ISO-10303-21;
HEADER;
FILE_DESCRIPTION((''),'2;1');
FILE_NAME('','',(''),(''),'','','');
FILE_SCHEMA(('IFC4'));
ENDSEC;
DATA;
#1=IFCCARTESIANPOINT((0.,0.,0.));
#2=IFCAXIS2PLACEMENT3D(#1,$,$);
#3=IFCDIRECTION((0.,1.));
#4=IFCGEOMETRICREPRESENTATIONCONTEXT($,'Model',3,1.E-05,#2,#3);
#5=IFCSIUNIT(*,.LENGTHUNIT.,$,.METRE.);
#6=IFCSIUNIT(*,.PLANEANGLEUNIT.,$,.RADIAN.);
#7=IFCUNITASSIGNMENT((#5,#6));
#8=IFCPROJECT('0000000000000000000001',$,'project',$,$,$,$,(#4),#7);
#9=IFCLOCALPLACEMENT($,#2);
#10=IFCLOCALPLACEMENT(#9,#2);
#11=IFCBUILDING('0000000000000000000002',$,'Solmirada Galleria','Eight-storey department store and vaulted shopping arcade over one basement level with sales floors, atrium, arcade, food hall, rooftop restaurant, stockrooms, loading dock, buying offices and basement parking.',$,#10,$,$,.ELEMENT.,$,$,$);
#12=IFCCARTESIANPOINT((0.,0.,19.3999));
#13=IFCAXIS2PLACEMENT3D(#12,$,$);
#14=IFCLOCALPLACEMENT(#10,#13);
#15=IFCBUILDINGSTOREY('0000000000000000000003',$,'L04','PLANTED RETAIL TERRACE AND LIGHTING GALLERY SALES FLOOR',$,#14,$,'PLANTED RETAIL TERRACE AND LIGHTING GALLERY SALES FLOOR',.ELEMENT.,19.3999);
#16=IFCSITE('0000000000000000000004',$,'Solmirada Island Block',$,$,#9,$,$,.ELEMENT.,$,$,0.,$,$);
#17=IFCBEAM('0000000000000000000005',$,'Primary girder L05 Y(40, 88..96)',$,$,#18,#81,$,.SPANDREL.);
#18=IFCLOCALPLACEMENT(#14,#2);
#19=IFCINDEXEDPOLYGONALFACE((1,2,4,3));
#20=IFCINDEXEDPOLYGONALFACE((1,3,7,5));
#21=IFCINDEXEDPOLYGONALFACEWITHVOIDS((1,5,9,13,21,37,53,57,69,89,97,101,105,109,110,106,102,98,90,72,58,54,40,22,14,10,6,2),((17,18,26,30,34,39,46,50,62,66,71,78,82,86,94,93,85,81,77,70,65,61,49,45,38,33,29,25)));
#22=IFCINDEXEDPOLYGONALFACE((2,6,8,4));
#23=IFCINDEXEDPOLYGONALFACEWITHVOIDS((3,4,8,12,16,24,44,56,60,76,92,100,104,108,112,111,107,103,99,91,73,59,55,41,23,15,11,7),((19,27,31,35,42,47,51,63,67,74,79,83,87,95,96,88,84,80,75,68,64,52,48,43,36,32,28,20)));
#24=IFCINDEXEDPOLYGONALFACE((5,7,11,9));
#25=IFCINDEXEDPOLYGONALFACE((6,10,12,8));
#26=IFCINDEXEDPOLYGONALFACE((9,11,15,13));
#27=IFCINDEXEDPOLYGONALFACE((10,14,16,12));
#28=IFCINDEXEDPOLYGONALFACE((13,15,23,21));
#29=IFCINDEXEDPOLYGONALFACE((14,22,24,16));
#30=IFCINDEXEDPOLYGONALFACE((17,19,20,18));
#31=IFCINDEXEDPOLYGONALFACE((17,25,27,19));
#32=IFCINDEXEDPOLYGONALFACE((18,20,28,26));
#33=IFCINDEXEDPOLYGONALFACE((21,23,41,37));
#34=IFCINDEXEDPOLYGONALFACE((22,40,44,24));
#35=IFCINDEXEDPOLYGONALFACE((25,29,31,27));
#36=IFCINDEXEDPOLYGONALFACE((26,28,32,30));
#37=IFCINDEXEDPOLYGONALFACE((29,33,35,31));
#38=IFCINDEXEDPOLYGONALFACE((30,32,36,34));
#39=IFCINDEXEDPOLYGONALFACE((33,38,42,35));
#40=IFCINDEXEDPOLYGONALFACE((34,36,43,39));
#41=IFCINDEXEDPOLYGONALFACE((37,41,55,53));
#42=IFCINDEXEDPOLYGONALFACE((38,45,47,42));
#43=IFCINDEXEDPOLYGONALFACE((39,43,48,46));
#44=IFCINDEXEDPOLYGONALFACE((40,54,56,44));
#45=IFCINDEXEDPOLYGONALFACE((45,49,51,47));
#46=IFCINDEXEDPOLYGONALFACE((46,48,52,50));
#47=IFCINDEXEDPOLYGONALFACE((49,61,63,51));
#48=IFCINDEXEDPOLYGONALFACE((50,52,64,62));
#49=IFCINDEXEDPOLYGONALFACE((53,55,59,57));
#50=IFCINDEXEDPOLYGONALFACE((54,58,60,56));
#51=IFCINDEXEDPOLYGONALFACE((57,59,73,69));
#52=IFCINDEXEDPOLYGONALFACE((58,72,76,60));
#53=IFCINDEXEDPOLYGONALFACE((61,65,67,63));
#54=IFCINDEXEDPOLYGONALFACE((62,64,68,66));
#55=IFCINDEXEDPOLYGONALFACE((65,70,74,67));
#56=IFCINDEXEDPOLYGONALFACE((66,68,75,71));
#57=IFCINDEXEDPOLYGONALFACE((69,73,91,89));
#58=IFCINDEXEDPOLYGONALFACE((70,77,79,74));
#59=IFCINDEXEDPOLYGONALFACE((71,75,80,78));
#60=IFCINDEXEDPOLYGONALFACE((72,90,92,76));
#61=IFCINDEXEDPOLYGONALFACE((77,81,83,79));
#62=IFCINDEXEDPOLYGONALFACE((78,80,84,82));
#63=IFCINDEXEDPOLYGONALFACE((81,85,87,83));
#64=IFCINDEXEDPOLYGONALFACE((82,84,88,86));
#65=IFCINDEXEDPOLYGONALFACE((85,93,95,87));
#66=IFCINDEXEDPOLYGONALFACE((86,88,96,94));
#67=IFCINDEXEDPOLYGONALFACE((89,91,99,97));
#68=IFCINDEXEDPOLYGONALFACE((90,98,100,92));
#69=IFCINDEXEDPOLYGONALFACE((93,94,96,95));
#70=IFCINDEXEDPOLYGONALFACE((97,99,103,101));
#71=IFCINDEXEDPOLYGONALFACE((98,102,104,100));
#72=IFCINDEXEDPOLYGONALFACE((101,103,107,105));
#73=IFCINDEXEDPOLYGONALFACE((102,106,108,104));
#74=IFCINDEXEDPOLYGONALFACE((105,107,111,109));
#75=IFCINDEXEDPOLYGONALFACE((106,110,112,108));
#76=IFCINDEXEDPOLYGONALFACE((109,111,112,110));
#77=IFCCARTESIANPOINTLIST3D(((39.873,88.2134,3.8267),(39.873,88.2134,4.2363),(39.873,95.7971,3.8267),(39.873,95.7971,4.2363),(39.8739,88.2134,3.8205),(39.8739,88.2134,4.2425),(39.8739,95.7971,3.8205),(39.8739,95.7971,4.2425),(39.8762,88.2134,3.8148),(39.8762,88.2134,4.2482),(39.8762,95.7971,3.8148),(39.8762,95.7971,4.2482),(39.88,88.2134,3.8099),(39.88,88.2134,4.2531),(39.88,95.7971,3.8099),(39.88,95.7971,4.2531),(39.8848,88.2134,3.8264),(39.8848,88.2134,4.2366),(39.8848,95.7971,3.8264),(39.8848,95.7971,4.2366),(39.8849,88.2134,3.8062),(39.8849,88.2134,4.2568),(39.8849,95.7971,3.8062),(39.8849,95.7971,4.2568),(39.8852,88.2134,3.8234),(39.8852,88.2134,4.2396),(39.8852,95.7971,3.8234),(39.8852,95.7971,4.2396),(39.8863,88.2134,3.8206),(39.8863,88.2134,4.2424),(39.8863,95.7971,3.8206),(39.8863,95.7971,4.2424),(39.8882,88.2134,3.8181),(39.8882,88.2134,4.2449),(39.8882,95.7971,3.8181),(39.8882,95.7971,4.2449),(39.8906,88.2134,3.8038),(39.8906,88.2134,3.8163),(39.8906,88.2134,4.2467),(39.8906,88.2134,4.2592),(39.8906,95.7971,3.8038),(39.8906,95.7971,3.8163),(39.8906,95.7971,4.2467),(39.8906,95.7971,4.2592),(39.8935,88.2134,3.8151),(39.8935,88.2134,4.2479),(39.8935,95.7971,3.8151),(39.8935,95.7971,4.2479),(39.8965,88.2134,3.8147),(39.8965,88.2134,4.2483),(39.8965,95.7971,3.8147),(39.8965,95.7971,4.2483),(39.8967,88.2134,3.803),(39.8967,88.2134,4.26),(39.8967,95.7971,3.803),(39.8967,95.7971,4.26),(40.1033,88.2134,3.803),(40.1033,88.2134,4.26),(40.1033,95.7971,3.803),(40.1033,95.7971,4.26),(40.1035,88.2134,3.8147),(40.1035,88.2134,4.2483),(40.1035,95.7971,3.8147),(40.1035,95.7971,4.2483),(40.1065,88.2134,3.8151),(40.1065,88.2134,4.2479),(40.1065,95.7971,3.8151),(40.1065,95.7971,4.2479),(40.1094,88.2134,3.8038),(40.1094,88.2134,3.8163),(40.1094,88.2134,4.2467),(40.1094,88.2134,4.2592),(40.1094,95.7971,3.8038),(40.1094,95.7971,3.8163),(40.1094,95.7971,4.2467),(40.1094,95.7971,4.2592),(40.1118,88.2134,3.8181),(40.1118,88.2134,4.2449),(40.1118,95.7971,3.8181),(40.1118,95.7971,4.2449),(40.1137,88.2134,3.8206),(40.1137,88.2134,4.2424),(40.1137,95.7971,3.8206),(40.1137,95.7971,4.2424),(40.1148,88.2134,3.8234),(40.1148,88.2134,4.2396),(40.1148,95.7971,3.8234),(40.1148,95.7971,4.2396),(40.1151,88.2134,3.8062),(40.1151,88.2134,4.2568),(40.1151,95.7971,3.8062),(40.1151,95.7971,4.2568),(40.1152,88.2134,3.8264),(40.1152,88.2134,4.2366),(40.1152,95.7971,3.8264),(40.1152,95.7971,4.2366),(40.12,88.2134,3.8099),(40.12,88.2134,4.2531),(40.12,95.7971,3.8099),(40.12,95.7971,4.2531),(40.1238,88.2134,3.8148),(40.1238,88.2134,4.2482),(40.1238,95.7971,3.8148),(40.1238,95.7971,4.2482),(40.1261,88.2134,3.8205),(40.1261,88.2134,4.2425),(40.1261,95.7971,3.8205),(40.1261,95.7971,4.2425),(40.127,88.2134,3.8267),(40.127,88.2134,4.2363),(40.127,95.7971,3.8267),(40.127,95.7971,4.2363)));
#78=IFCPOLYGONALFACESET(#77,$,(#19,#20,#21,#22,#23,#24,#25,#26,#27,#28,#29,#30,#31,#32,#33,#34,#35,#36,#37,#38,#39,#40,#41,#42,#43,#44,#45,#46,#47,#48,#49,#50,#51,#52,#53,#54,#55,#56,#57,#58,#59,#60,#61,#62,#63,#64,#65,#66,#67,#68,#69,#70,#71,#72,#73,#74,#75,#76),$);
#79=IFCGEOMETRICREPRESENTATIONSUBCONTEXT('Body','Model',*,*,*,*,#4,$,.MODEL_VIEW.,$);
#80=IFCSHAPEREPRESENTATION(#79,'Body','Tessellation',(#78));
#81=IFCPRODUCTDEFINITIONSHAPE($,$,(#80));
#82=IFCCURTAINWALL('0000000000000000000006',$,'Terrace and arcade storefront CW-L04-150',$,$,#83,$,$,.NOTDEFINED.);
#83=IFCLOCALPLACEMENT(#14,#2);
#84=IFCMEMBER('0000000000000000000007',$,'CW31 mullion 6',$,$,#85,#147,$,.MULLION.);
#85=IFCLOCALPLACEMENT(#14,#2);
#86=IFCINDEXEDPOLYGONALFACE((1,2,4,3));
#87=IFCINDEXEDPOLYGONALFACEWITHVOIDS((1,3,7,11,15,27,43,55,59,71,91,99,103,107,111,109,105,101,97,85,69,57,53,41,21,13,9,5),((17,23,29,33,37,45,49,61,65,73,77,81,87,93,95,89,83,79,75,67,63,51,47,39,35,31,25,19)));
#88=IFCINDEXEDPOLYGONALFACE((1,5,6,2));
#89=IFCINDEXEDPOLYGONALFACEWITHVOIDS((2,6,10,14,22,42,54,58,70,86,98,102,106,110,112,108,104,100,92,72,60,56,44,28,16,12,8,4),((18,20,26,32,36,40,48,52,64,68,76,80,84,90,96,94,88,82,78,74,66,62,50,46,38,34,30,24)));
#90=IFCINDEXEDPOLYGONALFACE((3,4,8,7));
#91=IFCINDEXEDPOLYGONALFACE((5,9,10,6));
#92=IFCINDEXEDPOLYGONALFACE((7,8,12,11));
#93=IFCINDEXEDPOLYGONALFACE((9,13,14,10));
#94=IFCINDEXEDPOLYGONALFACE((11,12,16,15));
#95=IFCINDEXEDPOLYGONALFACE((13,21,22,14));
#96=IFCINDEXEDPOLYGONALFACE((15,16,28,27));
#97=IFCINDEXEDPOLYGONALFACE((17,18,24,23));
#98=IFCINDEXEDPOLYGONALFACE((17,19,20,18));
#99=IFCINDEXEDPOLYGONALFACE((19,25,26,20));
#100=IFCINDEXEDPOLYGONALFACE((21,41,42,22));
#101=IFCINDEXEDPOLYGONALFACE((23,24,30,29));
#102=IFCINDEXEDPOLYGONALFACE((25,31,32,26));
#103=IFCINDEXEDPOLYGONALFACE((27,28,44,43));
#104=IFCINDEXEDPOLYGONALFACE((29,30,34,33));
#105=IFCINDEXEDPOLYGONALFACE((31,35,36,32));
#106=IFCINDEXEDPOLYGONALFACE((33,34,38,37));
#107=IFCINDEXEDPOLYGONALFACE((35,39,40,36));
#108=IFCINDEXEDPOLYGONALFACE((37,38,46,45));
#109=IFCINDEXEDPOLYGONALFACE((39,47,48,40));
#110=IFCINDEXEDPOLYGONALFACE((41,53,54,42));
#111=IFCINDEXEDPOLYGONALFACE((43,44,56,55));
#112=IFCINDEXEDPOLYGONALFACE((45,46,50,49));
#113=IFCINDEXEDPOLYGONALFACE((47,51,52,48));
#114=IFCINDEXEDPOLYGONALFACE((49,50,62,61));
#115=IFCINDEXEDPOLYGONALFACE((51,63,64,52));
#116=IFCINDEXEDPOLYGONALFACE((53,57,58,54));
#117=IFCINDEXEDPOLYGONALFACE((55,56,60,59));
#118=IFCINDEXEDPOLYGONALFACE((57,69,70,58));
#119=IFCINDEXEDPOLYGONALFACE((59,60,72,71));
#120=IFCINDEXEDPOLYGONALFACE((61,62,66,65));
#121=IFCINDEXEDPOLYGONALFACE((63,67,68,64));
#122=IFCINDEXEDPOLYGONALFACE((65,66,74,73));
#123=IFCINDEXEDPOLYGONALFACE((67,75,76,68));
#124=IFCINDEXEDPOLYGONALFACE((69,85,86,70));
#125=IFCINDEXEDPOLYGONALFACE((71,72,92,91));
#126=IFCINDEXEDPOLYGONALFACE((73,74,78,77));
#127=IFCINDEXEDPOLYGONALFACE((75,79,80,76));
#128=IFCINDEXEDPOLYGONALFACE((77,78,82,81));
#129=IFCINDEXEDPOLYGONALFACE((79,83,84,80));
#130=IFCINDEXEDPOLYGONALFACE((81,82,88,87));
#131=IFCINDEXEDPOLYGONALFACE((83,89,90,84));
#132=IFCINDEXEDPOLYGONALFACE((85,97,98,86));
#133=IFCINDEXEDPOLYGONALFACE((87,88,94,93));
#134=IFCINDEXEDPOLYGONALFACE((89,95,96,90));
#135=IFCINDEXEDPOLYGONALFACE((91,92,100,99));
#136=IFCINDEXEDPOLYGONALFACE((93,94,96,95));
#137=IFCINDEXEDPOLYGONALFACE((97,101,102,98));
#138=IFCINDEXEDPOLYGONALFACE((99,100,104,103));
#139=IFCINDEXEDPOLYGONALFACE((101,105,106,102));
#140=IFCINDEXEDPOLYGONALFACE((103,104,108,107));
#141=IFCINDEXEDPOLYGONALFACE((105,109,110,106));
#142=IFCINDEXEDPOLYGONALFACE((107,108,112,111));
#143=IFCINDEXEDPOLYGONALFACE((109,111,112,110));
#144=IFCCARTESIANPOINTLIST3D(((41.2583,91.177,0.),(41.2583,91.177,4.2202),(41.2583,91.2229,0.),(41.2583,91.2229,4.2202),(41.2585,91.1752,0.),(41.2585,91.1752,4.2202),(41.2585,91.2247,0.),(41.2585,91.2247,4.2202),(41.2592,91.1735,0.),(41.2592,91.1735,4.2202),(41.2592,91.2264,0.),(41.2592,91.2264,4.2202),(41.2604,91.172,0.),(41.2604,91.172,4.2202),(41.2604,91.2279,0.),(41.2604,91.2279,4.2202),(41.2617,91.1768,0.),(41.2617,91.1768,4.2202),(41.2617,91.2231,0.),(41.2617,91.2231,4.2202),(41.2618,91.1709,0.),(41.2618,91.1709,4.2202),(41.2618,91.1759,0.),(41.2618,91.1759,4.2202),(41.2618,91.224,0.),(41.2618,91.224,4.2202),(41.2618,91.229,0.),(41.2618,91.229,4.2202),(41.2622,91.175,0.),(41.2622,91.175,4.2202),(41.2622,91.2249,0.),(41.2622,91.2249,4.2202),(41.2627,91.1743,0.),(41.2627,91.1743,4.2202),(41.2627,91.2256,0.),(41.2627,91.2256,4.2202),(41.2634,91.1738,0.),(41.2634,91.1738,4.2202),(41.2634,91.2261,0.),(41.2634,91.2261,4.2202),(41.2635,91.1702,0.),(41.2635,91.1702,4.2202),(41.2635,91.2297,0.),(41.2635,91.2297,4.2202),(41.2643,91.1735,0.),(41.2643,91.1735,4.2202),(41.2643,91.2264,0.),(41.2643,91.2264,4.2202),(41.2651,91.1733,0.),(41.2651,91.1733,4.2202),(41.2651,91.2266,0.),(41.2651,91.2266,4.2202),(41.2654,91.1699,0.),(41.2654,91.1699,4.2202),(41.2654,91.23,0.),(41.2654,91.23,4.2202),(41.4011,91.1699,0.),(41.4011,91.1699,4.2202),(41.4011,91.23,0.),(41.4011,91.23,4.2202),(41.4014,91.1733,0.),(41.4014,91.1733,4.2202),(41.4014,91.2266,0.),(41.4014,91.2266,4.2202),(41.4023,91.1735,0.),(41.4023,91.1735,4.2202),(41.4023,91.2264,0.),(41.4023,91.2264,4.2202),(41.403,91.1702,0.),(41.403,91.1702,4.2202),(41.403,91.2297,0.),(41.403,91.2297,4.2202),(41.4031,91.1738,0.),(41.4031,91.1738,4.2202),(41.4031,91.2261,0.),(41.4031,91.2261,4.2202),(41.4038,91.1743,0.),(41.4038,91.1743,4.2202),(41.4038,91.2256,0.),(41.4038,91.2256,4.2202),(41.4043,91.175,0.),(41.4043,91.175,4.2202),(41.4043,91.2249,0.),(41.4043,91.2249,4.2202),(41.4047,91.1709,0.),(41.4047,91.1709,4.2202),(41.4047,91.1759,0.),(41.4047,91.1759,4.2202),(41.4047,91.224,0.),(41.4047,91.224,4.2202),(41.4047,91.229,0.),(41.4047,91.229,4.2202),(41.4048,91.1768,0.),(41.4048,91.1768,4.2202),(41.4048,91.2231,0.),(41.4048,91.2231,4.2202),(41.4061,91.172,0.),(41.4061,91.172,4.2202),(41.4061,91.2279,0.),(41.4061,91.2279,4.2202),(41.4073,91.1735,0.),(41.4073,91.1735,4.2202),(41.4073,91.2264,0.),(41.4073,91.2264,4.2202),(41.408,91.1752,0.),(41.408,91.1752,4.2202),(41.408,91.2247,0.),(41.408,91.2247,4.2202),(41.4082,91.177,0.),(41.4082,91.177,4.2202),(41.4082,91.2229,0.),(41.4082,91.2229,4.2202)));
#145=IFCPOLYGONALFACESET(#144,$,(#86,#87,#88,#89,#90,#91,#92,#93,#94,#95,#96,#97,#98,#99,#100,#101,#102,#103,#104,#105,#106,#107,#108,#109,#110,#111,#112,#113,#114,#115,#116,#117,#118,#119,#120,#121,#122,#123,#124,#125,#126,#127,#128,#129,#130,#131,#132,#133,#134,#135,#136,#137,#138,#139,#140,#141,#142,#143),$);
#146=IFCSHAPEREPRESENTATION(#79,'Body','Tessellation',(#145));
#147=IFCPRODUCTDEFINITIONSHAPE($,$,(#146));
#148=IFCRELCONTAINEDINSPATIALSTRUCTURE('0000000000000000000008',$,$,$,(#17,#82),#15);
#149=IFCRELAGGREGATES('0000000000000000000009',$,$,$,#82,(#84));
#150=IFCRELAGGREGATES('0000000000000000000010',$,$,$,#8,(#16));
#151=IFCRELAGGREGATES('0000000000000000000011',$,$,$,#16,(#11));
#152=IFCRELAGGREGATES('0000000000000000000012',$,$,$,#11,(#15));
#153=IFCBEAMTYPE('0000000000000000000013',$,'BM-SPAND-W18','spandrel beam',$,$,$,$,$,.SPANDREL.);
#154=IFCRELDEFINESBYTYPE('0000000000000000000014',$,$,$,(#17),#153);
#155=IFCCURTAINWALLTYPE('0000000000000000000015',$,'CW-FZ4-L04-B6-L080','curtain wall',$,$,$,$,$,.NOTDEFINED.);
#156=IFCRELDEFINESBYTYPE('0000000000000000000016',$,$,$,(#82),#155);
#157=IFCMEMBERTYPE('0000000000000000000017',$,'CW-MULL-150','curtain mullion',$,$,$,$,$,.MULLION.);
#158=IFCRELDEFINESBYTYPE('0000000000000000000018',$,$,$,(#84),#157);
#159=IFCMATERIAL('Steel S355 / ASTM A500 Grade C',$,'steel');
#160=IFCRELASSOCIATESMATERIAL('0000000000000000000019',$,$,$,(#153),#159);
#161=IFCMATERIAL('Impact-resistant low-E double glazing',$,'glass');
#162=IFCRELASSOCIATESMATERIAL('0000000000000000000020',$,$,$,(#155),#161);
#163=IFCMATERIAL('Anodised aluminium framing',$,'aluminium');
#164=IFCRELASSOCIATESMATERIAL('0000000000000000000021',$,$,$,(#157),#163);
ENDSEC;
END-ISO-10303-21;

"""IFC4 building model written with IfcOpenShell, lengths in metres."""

from ifc_helpers import new_model, si_unit, direction, frame, origin, origin_2d, place, context, subcontext, project, spatial, hollow_rectangle, extrude, material, material_profile, profile_set, type_object, element, aggregate, save


model = new_model("IFC4")

# Units and contexts
model_context = context("Model", 3, precision=1e-05, world=origin(), true_north=direction((0.0, 1.0)))
body_context = subcontext(model_context, "Body", "Model", "MODEL_VIEW")
ifc_project = project(units=[si_unit("LENGTHUNIT", "METRE"), si_unit("PLANEANGLEUNIT", "RADIAN")], contexts=[model_context])

# Site, building, storey
site_placement = place(None, origin())
site = spatial("IfcSite", under=ifc_project, at=site_placement, Name="Solmirada Island Block", CompositionType="ELEMENT", RefElevation=0.0)
building_placement = place(site_placement, origin())
building = spatial("IfcBuilding", under=site, at=building_placement, Name="Solmirada Galleria", Description="Eight-storey department store and vaulted shopping arcade over one basement level with sales floors, atrium, arcade, food hall, rooftop restaurant, stockrooms, loading dock, buying offices and basement parking.", CompositionType="ELEMENT")
storey_placement = place(building_placement, frame((0.0, 0.0, 19.3999)))
storey = spatial("IfcBuildingStorey", under=building, at=storey_placement, Name="L04", Description="PLANTED RETAIL TERRACE AND LIGHTING GALLERY SALES FLOOR", LongName="PLANTED RETAIL TERRACE AND LIGHTING GALLERY SALES FLOOR", CompositionType="ELEMENT", Elevation=19.3999)

# Shared definitions
ifc_material_1 = material(Name="Steel S355 / ASTM A500 Grade C", Category="steel")

# Beam
ifc_material_profile_1 = material_profile(ifc_material_1, hollow_rectangle(XDim=0.2539, YDim=0.457, WallThickness=0.0117, InnerFilletRadius=0.0117, OuterFilletRadius=0.0237, at=origin_2d()), Name="HSS18X10X1/2")
ifc_profile_set_1 = profile_set([ifc_material_profile_1], Name="Steel S355 / ASTM A500 Grade C")
beam_type_1 = type_object("IfcBeamType", Name="BM-SPAND-W18", Description="spandrel beam", PredefinedType="SPANDREL", material=ifc_profile_set_1)
beam_placement = place(storey_placement, frame((40.0, 88.2134, 4.0315), z_axis=(0.0, 1.0, 0.0), x_axis=(-1.0, 0.0, 0.0)))
element("IfcBeam", 1, at=beam_placement, inside=storey, type_object=beam_type_1, Name="Primary girder L05 Y(40, 88..96)", PredefinedType="SPANDREL", context=body_context, shape_type="SweptSolid", body=[
    extrude(hollow_rectangle(XDim=0.2539, YDim=0.457, WallThickness=0.0117, InnerFilletRadius=0.0117, OuterFilletRadius=0.0237, at=origin_2d()), origin(), (0.0, 0.0, 1.0), 7.5837),
])

# Curtain wall, member
ifc_material_2 = material(Name="Impact-resistant low-E double glazing", Category="glass")
curtain_wall_type = type_object("IfcCurtainWallType", Name="CW-FZ4-L04-B6-L080", Description="curtain wall", PredefinedType="NOTDEFINED", material=ifc_material_2)
curtain_wall_placement = place(storey_placement, origin())
curtain_wall = element("IfcCurtainWall", 2, at=curtain_wall_placement, inside=storey, type_object=curtain_wall_type, Name="Terrace and arcade storefront CW-L04-150", PredefinedType="NOTDEFINED")
ifc_material_3 = material(Name="Anodised aluminium framing", Category="aluminium")
ifc_material_profile_2 = material_profile(ifc_material_3, hollow_rectangle(XDim=0.0601, YDim=0.1499, WallThickness=0.0034, InnerFilletRadius=0.0034, OuterFilletRadius=0.0071, at=origin_2d()), Name="ALU-MULL-150X60")
ifc_profile_set_2 = profile_set([ifc_material_profile_2], Name="Anodised aluminium framing")
member_type_1 = type_object("IfcMemberType", Name="CW-MULL-150", Description="curtain mullion", PredefinedType="MULLION", material=ifc_profile_set_2)
member_1_placement = place(storey_placement, frame((41.3333, 91.2, 0.0), z_axis=(0.0, 0.0, 1.0), x_axis=(0.0, -1.0, 0.0)))
member_1 = element("IfcMember", 3, at=member_1_placement, type_object=member_type_1, Name="CW31 mullion 6", PredefinedType="MULLION", context=body_context, shape_type="SweptSolid", body=[
    extrude(hollow_rectangle(XDim=0.0601, YDim=0.1499, WallThickness=0.0034, InnerFilletRadius=0.0034, OuterFilletRadius=0.0071, at=origin_2d()), origin(), (0.0, 0.0, 1.0), 4.2202),
])
aggregate(curtain_wall, [member_1])

save(model, "model.ifc")
